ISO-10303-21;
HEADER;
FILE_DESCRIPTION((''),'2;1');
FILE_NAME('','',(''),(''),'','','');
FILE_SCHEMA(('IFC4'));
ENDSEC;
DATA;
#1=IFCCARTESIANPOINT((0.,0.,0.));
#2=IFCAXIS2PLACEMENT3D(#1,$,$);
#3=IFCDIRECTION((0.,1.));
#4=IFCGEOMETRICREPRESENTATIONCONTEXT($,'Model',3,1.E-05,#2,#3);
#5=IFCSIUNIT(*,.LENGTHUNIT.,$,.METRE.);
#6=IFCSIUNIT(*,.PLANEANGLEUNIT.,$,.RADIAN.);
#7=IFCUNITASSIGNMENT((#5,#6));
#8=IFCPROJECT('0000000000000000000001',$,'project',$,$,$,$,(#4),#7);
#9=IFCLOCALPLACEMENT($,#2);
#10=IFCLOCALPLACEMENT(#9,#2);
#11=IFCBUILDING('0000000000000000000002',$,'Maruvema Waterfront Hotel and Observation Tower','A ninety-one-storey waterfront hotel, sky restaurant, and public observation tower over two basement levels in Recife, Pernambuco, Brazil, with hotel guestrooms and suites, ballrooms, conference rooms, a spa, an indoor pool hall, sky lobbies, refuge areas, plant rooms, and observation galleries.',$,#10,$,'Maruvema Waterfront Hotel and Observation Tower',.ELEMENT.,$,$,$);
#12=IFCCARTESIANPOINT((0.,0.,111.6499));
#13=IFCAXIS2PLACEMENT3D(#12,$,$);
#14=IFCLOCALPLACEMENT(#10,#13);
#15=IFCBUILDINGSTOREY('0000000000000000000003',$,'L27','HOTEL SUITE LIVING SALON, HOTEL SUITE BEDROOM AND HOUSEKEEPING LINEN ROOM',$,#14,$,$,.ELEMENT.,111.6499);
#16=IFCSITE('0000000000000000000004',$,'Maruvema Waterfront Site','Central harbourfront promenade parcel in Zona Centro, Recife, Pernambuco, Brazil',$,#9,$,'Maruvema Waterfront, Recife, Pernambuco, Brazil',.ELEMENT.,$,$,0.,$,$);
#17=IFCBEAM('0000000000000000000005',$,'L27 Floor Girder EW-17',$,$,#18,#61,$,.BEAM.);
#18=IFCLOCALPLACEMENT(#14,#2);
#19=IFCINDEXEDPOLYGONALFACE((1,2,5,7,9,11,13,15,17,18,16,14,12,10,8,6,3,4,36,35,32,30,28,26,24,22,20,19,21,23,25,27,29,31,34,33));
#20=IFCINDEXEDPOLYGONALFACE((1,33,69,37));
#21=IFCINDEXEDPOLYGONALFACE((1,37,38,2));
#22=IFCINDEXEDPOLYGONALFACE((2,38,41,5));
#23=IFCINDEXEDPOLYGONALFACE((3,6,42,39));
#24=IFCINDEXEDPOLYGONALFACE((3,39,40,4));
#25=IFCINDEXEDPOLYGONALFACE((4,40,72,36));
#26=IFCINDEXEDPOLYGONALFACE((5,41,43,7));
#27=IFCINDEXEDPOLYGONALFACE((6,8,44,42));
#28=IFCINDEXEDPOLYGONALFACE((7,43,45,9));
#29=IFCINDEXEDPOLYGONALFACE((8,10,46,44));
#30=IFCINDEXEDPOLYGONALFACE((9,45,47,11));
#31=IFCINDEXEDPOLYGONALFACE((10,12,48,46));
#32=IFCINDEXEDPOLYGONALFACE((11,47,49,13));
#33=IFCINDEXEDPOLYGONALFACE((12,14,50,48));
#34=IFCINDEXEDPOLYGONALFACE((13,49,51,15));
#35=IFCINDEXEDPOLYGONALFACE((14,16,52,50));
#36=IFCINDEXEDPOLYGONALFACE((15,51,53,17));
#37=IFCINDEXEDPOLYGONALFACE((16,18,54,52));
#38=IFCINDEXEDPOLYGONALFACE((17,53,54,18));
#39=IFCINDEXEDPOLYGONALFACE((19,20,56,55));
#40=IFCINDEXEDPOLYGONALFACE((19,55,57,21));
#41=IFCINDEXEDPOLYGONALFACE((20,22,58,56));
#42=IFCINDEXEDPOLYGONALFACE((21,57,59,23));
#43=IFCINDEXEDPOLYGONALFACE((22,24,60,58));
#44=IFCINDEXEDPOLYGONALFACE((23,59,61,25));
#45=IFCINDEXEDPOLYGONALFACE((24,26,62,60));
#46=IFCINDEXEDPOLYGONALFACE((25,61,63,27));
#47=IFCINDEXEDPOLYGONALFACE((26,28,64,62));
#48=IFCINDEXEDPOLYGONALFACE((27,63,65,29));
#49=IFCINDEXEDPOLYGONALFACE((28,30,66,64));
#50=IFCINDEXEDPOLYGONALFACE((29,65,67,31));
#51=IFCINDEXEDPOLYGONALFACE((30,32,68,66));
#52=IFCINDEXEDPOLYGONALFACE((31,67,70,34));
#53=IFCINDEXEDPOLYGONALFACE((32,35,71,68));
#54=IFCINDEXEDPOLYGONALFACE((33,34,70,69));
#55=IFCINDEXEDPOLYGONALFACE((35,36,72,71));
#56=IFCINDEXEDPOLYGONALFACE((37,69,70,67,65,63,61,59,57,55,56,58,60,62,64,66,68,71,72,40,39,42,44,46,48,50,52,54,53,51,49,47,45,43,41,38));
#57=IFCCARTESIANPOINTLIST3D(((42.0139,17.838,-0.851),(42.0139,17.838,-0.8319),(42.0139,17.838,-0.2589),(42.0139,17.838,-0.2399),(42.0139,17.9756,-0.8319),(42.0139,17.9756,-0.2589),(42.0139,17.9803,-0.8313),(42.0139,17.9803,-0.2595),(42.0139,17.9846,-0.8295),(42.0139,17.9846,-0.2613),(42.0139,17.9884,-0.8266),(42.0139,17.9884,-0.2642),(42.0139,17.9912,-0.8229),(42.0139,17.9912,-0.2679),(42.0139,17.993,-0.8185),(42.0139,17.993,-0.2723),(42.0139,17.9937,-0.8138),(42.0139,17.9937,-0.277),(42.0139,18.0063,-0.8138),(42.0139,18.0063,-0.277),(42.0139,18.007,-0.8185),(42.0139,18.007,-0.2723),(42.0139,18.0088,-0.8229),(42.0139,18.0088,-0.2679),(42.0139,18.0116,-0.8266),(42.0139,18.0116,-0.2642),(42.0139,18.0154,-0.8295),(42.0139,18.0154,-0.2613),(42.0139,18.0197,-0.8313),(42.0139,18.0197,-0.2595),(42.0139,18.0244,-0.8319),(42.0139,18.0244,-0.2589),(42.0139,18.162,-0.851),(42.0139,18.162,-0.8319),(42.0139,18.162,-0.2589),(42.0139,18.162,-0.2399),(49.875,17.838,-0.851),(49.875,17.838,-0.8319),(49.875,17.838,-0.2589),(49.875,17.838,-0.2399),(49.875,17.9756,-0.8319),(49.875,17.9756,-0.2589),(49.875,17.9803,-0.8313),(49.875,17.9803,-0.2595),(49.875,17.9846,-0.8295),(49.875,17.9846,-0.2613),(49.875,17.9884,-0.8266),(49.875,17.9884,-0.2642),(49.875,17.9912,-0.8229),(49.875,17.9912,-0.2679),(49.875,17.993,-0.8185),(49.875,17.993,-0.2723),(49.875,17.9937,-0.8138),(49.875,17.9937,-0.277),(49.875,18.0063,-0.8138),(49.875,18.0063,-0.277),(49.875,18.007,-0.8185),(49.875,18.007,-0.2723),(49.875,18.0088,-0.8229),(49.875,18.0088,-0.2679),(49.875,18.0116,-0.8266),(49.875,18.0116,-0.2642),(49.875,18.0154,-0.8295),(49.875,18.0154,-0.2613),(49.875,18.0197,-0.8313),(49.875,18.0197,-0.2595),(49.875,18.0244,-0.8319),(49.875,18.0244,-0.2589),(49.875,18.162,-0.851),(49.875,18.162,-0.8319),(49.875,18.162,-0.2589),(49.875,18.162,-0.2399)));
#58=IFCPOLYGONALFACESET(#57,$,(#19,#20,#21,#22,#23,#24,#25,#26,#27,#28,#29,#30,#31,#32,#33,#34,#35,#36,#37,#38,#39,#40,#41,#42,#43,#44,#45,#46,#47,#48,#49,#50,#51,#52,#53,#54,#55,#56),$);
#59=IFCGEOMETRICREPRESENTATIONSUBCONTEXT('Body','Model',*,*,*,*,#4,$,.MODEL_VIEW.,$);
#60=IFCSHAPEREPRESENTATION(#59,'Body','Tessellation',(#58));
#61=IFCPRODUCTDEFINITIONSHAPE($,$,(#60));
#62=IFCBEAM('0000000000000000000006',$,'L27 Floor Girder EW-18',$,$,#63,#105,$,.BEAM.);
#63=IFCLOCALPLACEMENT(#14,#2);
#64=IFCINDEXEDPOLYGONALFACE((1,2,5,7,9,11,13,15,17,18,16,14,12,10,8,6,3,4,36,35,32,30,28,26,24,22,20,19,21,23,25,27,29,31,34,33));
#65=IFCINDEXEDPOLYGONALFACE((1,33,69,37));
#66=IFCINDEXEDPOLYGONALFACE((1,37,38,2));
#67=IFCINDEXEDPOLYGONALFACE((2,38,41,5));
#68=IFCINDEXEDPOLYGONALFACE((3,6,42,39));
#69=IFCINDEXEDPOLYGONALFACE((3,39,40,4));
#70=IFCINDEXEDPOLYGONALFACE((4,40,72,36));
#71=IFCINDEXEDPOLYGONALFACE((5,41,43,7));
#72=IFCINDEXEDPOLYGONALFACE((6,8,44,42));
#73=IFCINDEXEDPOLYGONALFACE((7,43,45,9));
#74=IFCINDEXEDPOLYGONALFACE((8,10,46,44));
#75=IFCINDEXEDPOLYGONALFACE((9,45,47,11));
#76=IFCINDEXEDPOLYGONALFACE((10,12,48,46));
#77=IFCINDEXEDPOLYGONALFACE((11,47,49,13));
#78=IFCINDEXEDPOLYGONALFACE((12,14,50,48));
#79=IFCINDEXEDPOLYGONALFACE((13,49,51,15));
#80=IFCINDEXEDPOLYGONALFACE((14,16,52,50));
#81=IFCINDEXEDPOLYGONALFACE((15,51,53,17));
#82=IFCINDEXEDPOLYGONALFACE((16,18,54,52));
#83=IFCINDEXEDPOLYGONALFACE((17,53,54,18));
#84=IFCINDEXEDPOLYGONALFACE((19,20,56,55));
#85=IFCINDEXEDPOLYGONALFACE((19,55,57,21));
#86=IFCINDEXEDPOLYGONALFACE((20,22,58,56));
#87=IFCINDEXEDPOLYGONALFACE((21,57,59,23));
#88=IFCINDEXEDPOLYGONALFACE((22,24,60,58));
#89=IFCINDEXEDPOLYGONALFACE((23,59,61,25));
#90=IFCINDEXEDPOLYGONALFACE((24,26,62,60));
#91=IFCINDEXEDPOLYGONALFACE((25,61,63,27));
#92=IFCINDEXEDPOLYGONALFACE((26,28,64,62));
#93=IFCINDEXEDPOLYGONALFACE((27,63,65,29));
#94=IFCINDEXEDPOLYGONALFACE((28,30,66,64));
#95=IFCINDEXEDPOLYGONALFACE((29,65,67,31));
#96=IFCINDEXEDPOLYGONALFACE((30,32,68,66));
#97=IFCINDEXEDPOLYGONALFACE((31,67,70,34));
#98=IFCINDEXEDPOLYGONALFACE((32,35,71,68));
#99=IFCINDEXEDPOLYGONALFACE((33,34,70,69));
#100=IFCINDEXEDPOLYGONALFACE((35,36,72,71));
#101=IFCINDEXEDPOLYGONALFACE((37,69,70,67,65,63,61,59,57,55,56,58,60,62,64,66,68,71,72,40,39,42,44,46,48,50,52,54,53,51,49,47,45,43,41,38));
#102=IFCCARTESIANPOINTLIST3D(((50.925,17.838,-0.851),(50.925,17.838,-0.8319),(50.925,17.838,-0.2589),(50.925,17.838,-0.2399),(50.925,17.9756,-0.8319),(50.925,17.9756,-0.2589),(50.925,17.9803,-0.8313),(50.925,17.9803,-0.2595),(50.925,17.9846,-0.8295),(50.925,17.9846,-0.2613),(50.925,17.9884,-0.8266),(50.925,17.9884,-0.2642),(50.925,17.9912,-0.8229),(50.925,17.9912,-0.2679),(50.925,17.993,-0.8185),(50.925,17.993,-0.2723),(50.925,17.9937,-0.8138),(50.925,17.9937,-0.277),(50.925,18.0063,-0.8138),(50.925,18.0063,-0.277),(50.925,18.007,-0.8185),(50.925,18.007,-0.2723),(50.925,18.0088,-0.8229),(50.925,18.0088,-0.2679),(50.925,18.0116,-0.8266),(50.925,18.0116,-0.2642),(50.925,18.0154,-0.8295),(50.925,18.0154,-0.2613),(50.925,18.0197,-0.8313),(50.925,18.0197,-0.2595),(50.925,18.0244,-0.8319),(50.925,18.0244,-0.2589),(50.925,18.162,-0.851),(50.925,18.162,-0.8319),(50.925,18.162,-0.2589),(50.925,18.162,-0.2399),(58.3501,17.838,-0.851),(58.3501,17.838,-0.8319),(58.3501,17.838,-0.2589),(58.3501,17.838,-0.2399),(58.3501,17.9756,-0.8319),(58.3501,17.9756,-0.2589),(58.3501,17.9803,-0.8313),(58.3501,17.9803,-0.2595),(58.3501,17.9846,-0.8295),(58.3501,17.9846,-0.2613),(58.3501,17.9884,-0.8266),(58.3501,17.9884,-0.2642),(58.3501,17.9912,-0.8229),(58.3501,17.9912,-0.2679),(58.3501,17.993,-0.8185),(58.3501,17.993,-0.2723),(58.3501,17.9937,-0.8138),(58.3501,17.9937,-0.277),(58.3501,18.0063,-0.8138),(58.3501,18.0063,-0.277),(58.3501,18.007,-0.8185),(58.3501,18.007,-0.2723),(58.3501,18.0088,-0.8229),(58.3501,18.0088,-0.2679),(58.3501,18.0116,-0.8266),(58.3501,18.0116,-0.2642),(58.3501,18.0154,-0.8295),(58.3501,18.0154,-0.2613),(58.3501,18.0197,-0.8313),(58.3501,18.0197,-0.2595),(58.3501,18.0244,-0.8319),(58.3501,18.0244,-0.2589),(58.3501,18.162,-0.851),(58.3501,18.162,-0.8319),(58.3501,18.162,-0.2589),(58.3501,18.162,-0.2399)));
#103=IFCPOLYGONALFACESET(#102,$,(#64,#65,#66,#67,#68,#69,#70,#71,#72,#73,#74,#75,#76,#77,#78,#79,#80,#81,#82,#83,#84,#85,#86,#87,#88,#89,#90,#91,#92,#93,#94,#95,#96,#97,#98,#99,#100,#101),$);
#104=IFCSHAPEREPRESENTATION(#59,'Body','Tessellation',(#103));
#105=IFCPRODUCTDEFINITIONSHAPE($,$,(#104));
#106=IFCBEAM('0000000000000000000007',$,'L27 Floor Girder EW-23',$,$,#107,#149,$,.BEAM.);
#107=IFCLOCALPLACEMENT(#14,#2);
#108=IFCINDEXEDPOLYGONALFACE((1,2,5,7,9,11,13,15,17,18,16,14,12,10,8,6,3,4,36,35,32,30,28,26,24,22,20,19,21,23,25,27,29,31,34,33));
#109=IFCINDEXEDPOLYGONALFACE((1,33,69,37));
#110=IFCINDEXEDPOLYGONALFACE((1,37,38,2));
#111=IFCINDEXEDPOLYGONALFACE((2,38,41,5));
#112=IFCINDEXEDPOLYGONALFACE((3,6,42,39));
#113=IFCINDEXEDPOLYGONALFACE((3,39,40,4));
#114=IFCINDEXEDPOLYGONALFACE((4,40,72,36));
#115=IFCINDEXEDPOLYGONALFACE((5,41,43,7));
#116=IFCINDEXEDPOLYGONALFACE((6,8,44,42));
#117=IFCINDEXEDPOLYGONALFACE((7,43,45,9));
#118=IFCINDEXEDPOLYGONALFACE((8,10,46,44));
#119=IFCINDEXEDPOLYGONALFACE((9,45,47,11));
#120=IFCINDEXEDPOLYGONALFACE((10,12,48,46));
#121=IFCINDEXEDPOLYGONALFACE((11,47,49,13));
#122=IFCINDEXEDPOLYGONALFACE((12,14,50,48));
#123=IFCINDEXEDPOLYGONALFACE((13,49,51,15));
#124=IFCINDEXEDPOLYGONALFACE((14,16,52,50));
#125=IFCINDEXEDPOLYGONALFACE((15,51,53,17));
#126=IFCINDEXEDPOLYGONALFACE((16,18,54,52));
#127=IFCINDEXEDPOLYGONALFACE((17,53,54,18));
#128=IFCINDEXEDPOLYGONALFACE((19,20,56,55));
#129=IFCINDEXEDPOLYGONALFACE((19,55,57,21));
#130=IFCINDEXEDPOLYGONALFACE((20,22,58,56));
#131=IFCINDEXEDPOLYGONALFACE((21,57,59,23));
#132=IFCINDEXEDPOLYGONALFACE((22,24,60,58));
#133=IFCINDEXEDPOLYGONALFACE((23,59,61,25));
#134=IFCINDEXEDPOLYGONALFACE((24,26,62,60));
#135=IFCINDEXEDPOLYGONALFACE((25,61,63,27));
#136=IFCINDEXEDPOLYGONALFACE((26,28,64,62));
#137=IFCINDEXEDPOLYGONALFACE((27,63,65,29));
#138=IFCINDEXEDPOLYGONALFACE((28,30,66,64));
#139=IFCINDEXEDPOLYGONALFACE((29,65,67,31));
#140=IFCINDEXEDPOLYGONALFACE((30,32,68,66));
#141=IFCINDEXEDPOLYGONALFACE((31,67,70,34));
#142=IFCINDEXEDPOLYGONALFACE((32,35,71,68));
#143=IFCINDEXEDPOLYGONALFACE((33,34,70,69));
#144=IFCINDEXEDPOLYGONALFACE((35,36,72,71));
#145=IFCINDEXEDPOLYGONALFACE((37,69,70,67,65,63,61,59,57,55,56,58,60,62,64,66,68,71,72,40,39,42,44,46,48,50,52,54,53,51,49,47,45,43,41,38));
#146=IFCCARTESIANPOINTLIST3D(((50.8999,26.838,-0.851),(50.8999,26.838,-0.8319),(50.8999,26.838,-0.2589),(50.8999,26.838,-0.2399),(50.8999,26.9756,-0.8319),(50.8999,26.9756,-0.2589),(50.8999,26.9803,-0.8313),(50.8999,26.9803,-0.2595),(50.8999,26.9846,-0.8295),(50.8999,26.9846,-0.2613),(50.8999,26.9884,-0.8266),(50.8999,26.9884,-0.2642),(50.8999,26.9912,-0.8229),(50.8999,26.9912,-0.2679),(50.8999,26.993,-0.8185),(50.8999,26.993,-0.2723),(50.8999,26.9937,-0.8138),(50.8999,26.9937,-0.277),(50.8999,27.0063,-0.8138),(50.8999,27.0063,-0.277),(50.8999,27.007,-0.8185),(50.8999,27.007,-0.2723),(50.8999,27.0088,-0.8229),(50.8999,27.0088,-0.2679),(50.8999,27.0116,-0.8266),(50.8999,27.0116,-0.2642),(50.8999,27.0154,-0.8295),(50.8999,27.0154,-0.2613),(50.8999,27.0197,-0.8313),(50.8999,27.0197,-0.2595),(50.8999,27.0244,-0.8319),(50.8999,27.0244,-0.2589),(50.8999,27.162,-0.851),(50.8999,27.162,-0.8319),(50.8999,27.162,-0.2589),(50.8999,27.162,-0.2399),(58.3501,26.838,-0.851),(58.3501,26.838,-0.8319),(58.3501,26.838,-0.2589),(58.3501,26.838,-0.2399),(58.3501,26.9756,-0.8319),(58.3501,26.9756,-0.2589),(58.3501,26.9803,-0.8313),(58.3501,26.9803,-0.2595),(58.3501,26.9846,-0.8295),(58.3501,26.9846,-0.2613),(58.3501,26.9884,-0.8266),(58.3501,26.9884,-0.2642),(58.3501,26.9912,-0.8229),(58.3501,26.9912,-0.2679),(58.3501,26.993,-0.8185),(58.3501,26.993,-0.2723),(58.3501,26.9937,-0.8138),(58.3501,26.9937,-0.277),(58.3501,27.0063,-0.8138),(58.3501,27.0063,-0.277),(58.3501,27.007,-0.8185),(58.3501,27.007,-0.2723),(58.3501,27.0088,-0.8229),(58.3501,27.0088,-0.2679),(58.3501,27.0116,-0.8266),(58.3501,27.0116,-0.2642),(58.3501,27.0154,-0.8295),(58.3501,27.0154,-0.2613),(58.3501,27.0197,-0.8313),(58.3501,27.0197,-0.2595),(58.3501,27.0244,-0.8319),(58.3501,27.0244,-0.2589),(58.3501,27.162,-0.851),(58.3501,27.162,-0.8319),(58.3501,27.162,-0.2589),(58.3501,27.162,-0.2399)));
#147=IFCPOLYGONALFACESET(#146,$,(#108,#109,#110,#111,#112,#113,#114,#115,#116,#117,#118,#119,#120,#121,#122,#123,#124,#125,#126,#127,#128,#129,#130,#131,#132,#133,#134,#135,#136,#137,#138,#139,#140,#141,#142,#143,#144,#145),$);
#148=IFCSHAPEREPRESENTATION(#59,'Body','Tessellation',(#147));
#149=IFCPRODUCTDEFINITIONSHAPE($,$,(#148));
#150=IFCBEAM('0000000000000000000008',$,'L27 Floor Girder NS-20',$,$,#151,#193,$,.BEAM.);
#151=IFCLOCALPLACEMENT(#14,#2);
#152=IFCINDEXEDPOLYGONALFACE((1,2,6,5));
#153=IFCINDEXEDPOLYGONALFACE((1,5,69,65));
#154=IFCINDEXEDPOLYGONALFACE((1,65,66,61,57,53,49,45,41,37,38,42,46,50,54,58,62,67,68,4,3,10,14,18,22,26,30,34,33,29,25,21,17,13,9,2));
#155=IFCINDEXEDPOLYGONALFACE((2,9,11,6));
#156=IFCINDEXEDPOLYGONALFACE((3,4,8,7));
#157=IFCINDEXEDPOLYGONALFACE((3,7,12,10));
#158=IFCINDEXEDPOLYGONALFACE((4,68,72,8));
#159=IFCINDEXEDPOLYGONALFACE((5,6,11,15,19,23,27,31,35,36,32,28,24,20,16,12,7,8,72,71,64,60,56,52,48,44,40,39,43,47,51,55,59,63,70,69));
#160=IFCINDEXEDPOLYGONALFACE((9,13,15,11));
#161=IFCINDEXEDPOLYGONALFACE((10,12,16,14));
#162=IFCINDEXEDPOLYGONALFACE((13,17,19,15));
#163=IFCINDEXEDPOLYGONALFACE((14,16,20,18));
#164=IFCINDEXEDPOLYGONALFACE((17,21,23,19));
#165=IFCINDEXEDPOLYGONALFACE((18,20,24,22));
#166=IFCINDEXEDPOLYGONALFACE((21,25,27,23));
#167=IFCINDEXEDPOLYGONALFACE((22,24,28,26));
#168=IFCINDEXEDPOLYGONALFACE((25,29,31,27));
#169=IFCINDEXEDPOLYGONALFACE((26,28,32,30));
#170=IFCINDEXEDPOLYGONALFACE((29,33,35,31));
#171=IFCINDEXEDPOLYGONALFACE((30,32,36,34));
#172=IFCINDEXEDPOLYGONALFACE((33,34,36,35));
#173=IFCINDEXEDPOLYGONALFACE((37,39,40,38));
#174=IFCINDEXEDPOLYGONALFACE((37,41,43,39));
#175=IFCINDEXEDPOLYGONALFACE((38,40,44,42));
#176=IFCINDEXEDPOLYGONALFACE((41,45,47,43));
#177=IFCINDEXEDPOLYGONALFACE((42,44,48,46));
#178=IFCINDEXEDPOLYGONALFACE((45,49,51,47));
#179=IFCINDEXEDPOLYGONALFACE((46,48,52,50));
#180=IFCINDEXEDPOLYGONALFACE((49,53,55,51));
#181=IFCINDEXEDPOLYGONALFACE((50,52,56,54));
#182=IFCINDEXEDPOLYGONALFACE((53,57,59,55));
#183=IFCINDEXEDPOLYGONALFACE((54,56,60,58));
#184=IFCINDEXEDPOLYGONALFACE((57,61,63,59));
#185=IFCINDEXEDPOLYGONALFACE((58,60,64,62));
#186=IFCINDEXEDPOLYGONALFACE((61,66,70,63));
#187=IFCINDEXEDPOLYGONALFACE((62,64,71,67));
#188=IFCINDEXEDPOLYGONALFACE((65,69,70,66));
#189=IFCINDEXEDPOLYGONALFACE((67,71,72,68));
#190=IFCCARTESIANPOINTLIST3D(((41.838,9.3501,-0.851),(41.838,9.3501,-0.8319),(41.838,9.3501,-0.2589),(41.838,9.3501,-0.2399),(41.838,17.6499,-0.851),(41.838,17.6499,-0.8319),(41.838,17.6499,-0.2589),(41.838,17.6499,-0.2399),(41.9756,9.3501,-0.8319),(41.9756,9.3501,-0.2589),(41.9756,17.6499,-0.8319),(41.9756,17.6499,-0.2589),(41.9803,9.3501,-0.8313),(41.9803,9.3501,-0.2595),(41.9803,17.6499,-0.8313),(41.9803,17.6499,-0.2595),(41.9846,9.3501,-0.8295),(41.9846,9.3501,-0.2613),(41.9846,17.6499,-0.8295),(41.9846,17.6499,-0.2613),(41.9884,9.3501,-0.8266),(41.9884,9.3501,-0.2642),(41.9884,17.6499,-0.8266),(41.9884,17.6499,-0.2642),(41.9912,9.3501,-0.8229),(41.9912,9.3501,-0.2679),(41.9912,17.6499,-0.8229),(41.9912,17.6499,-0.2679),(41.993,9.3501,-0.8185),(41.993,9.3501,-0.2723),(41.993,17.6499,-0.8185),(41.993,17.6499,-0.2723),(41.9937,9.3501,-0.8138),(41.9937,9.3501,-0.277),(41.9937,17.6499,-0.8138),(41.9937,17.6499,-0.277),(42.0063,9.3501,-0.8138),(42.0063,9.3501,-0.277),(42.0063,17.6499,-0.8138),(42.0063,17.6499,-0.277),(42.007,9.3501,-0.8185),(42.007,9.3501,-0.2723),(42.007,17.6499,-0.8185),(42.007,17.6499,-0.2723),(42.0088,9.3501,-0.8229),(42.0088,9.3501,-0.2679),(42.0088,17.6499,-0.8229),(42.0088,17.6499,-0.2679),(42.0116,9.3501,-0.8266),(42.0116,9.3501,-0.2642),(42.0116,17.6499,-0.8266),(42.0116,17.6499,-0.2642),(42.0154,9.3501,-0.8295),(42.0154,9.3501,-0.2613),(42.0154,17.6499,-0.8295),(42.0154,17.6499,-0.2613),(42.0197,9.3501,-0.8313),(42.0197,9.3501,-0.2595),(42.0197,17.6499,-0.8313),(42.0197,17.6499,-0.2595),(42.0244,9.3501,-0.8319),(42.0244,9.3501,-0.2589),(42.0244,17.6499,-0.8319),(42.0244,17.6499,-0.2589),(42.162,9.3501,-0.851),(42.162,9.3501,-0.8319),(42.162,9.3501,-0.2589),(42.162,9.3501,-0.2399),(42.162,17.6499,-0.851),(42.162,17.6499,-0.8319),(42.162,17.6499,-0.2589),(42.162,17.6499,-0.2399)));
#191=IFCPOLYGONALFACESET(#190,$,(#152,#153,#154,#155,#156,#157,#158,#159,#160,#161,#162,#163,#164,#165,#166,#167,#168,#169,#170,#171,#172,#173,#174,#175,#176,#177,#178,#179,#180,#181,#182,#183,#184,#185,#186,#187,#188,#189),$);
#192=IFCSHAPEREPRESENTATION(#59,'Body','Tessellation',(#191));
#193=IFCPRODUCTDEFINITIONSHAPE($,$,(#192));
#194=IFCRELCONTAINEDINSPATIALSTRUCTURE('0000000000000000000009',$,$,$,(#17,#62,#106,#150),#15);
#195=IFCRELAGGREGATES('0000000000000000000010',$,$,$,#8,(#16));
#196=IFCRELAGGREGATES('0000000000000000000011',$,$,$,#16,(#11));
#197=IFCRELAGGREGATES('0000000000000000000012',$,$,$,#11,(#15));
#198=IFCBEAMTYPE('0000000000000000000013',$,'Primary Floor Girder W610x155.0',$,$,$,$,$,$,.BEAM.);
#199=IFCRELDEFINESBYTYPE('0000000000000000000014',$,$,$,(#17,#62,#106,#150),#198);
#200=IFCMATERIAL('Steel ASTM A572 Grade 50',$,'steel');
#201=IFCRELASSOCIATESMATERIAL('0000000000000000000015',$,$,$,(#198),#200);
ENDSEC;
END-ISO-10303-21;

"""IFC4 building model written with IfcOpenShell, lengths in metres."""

from ifc_helpers import new_model, si_unit, direction, frame, origin, origin_2d, place, context, subcontext, project, spatial, i_section, extrude, material, material_profile, profile_set, type_object, element, save


model = new_model("IFC4")

# Units and contexts
model_context = context("Model", 3, precision=1e-05, world=origin(), true_north=direction((0.0, 1.0)))
body_context = subcontext(model_context, "Body", "Model", "MODEL_VIEW")
ifc_project = project(units=[si_unit("LENGTHUNIT", "METRE"), si_unit("PLANEANGLEUNIT", "RADIAN")], contexts=[model_context])

# Site, building, storey
site_placement = place(None, origin())
site = spatial("IfcSite", under=ifc_project, at=site_placement, Name="Maruvema Waterfront Site", Description="Central harbourfront promenade parcel in Zona Centro, Recife, Pernambuco, Brazil", LongName="Maruvema Waterfront, Recife, Pernambuco, Brazil", CompositionType="ELEMENT", RefElevation=0.0)
building_placement = place(site_placement, origin())
building = spatial("IfcBuilding", under=site, at=building_placement, Name="Maruvema Waterfront Hotel and Observation Tower", Description="A ninety-one-storey waterfront hotel, sky restaurant, and public observation tower over two basement levels in Recife, Pernambuco, Brazil, with hotel guestrooms and suites, ballrooms, conference rooms, a spa, an indoor pool hall, sky lobbies, refuge areas, plant rooms, and observation galleries.", LongName="Maruvema Waterfront Hotel and Observation Tower", CompositionType="ELEMENT")
storey_placement = place(building_placement, frame((0.0, 0.0, 111.6499)))
storey = spatial("IfcBuildingStorey", under=building, at=storey_placement, Name="L27", Description="HOTEL SUITE LIVING SALON, HOTEL SUITE BEDROOM AND HOUSEKEEPING LINEN ROOM", CompositionType="ELEMENT", Elevation=111.6499)

# Beams
ifc_material_1 = material(Name="Steel ASTM A572 Grade 50", Category="steel")
ifc_material_profile_1 = material_profile(ifc_material_1, i_section(OverallWidth=0.324, OverallDepth=0.6111, WebThickness=0.0127, FlangeThickness=0.019, FilletRadius=0.0181, at=origin_2d()), Name="W610x155.0")
ifc_profile_set_1 = profile_set([ifc_material_profile_1], Name="Steel ASTM A572 Grade 50")
beam_type_1 = type_object("IfcBeamType", Name="Primary Floor Girder W610x155.0", PredefinedType="BEAM", material=ifc_profile_set_1)
beam_1_placement = place(storey_placement, frame((42.0139, 18.0, -0.5454), z_axis=(1.0, 0.0, 0.0), x_axis=(0.0, 1.0, 0.0)))
element("IfcBeam", 1, at=beam_1_placement, inside=storey, type_object=beam_type_1, Name="L27 Floor Girder EW-17", PredefinedType="BEAM", context=body_context, shape_type="SweptSolid", body=[
    extrude(i_section(OverallWidth=0.324, OverallDepth=0.6111, WebThickness=0.0127, FlangeThickness=0.019, FilletRadius=0.0181, at=origin_2d()), origin(), (0.0, 0.0, 1.0), 7.8611),
])
beam_2_placement = place(storey_placement, frame((50.925, 18.0, -0.5454), z_axis=(1.0, 0.0, 0.0), x_axis=(0.0, 1.0, 0.0)))
element("IfcBeam", 2, at=beam_2_placement, inside=storey, type_object=beam_type_1, Name="L27 Floor Girder EW-18", PredefinedType="BEAM", context=body_context, shape_type="SweptSolid", body=[
    extrude(i_section(OverallWidth=0.324, OverallDepth=0.6111, WebThickness=0.0127, FlangeThickness=0.019, FilletRadius=0.0181, at=origin_2d()), origin(), (0.0, 0.0, 1.0), 7.425),
])
beam_3_placement = place(storey_placement, frame((50.8999, 27.0, -0.5454), z_axis=(1.0, 0.0, 0.0), x_axis=(0.0, 1.0, 0.0)))
element("IfcBeam", 3, at=beam_3_placement, inside=storey, type_object=beam_type_1, Name="L27 Floor Girder EW-23", PredefinedType="BEAM", context=body_context, shape_type="SweptSolid", body=[
    extrude(i_section(OverallWidth=0.324, OverallDepth=0.6111, WebThickness=0.0127, FlangeThickness=0.019, FilletRadius=0.0181, at=origin_2d()), origin(), (0.0, 0.0, 1.0), 7.4502),
])
beam_4_placement = place(storey_placement, frame((42.0, 9.3501, -0.5454), z_axis=(0.0, 1.0, 0.0), x_axis=(-1.0, 0.0, 0.0)))
element("IfcBeam", 4, at=beam_4_placement, inside=storey, type_object=beam_type_1, Name="L27 Floor Girder NS-20", PredefinedType="BEAM", context=body_context, shape_type="SweptSolid", body=[
    extrude(i_section(OverallWidth=0.324, OverallDepth=0.6111, WebThickness=0.0127, FlangeThickness=0.019, FilletRadius=0.0181, at=origin_2d()), origin(), (0.0, 0.0, 1.0), 8.2998),
])

save(model, "model.ifc")
